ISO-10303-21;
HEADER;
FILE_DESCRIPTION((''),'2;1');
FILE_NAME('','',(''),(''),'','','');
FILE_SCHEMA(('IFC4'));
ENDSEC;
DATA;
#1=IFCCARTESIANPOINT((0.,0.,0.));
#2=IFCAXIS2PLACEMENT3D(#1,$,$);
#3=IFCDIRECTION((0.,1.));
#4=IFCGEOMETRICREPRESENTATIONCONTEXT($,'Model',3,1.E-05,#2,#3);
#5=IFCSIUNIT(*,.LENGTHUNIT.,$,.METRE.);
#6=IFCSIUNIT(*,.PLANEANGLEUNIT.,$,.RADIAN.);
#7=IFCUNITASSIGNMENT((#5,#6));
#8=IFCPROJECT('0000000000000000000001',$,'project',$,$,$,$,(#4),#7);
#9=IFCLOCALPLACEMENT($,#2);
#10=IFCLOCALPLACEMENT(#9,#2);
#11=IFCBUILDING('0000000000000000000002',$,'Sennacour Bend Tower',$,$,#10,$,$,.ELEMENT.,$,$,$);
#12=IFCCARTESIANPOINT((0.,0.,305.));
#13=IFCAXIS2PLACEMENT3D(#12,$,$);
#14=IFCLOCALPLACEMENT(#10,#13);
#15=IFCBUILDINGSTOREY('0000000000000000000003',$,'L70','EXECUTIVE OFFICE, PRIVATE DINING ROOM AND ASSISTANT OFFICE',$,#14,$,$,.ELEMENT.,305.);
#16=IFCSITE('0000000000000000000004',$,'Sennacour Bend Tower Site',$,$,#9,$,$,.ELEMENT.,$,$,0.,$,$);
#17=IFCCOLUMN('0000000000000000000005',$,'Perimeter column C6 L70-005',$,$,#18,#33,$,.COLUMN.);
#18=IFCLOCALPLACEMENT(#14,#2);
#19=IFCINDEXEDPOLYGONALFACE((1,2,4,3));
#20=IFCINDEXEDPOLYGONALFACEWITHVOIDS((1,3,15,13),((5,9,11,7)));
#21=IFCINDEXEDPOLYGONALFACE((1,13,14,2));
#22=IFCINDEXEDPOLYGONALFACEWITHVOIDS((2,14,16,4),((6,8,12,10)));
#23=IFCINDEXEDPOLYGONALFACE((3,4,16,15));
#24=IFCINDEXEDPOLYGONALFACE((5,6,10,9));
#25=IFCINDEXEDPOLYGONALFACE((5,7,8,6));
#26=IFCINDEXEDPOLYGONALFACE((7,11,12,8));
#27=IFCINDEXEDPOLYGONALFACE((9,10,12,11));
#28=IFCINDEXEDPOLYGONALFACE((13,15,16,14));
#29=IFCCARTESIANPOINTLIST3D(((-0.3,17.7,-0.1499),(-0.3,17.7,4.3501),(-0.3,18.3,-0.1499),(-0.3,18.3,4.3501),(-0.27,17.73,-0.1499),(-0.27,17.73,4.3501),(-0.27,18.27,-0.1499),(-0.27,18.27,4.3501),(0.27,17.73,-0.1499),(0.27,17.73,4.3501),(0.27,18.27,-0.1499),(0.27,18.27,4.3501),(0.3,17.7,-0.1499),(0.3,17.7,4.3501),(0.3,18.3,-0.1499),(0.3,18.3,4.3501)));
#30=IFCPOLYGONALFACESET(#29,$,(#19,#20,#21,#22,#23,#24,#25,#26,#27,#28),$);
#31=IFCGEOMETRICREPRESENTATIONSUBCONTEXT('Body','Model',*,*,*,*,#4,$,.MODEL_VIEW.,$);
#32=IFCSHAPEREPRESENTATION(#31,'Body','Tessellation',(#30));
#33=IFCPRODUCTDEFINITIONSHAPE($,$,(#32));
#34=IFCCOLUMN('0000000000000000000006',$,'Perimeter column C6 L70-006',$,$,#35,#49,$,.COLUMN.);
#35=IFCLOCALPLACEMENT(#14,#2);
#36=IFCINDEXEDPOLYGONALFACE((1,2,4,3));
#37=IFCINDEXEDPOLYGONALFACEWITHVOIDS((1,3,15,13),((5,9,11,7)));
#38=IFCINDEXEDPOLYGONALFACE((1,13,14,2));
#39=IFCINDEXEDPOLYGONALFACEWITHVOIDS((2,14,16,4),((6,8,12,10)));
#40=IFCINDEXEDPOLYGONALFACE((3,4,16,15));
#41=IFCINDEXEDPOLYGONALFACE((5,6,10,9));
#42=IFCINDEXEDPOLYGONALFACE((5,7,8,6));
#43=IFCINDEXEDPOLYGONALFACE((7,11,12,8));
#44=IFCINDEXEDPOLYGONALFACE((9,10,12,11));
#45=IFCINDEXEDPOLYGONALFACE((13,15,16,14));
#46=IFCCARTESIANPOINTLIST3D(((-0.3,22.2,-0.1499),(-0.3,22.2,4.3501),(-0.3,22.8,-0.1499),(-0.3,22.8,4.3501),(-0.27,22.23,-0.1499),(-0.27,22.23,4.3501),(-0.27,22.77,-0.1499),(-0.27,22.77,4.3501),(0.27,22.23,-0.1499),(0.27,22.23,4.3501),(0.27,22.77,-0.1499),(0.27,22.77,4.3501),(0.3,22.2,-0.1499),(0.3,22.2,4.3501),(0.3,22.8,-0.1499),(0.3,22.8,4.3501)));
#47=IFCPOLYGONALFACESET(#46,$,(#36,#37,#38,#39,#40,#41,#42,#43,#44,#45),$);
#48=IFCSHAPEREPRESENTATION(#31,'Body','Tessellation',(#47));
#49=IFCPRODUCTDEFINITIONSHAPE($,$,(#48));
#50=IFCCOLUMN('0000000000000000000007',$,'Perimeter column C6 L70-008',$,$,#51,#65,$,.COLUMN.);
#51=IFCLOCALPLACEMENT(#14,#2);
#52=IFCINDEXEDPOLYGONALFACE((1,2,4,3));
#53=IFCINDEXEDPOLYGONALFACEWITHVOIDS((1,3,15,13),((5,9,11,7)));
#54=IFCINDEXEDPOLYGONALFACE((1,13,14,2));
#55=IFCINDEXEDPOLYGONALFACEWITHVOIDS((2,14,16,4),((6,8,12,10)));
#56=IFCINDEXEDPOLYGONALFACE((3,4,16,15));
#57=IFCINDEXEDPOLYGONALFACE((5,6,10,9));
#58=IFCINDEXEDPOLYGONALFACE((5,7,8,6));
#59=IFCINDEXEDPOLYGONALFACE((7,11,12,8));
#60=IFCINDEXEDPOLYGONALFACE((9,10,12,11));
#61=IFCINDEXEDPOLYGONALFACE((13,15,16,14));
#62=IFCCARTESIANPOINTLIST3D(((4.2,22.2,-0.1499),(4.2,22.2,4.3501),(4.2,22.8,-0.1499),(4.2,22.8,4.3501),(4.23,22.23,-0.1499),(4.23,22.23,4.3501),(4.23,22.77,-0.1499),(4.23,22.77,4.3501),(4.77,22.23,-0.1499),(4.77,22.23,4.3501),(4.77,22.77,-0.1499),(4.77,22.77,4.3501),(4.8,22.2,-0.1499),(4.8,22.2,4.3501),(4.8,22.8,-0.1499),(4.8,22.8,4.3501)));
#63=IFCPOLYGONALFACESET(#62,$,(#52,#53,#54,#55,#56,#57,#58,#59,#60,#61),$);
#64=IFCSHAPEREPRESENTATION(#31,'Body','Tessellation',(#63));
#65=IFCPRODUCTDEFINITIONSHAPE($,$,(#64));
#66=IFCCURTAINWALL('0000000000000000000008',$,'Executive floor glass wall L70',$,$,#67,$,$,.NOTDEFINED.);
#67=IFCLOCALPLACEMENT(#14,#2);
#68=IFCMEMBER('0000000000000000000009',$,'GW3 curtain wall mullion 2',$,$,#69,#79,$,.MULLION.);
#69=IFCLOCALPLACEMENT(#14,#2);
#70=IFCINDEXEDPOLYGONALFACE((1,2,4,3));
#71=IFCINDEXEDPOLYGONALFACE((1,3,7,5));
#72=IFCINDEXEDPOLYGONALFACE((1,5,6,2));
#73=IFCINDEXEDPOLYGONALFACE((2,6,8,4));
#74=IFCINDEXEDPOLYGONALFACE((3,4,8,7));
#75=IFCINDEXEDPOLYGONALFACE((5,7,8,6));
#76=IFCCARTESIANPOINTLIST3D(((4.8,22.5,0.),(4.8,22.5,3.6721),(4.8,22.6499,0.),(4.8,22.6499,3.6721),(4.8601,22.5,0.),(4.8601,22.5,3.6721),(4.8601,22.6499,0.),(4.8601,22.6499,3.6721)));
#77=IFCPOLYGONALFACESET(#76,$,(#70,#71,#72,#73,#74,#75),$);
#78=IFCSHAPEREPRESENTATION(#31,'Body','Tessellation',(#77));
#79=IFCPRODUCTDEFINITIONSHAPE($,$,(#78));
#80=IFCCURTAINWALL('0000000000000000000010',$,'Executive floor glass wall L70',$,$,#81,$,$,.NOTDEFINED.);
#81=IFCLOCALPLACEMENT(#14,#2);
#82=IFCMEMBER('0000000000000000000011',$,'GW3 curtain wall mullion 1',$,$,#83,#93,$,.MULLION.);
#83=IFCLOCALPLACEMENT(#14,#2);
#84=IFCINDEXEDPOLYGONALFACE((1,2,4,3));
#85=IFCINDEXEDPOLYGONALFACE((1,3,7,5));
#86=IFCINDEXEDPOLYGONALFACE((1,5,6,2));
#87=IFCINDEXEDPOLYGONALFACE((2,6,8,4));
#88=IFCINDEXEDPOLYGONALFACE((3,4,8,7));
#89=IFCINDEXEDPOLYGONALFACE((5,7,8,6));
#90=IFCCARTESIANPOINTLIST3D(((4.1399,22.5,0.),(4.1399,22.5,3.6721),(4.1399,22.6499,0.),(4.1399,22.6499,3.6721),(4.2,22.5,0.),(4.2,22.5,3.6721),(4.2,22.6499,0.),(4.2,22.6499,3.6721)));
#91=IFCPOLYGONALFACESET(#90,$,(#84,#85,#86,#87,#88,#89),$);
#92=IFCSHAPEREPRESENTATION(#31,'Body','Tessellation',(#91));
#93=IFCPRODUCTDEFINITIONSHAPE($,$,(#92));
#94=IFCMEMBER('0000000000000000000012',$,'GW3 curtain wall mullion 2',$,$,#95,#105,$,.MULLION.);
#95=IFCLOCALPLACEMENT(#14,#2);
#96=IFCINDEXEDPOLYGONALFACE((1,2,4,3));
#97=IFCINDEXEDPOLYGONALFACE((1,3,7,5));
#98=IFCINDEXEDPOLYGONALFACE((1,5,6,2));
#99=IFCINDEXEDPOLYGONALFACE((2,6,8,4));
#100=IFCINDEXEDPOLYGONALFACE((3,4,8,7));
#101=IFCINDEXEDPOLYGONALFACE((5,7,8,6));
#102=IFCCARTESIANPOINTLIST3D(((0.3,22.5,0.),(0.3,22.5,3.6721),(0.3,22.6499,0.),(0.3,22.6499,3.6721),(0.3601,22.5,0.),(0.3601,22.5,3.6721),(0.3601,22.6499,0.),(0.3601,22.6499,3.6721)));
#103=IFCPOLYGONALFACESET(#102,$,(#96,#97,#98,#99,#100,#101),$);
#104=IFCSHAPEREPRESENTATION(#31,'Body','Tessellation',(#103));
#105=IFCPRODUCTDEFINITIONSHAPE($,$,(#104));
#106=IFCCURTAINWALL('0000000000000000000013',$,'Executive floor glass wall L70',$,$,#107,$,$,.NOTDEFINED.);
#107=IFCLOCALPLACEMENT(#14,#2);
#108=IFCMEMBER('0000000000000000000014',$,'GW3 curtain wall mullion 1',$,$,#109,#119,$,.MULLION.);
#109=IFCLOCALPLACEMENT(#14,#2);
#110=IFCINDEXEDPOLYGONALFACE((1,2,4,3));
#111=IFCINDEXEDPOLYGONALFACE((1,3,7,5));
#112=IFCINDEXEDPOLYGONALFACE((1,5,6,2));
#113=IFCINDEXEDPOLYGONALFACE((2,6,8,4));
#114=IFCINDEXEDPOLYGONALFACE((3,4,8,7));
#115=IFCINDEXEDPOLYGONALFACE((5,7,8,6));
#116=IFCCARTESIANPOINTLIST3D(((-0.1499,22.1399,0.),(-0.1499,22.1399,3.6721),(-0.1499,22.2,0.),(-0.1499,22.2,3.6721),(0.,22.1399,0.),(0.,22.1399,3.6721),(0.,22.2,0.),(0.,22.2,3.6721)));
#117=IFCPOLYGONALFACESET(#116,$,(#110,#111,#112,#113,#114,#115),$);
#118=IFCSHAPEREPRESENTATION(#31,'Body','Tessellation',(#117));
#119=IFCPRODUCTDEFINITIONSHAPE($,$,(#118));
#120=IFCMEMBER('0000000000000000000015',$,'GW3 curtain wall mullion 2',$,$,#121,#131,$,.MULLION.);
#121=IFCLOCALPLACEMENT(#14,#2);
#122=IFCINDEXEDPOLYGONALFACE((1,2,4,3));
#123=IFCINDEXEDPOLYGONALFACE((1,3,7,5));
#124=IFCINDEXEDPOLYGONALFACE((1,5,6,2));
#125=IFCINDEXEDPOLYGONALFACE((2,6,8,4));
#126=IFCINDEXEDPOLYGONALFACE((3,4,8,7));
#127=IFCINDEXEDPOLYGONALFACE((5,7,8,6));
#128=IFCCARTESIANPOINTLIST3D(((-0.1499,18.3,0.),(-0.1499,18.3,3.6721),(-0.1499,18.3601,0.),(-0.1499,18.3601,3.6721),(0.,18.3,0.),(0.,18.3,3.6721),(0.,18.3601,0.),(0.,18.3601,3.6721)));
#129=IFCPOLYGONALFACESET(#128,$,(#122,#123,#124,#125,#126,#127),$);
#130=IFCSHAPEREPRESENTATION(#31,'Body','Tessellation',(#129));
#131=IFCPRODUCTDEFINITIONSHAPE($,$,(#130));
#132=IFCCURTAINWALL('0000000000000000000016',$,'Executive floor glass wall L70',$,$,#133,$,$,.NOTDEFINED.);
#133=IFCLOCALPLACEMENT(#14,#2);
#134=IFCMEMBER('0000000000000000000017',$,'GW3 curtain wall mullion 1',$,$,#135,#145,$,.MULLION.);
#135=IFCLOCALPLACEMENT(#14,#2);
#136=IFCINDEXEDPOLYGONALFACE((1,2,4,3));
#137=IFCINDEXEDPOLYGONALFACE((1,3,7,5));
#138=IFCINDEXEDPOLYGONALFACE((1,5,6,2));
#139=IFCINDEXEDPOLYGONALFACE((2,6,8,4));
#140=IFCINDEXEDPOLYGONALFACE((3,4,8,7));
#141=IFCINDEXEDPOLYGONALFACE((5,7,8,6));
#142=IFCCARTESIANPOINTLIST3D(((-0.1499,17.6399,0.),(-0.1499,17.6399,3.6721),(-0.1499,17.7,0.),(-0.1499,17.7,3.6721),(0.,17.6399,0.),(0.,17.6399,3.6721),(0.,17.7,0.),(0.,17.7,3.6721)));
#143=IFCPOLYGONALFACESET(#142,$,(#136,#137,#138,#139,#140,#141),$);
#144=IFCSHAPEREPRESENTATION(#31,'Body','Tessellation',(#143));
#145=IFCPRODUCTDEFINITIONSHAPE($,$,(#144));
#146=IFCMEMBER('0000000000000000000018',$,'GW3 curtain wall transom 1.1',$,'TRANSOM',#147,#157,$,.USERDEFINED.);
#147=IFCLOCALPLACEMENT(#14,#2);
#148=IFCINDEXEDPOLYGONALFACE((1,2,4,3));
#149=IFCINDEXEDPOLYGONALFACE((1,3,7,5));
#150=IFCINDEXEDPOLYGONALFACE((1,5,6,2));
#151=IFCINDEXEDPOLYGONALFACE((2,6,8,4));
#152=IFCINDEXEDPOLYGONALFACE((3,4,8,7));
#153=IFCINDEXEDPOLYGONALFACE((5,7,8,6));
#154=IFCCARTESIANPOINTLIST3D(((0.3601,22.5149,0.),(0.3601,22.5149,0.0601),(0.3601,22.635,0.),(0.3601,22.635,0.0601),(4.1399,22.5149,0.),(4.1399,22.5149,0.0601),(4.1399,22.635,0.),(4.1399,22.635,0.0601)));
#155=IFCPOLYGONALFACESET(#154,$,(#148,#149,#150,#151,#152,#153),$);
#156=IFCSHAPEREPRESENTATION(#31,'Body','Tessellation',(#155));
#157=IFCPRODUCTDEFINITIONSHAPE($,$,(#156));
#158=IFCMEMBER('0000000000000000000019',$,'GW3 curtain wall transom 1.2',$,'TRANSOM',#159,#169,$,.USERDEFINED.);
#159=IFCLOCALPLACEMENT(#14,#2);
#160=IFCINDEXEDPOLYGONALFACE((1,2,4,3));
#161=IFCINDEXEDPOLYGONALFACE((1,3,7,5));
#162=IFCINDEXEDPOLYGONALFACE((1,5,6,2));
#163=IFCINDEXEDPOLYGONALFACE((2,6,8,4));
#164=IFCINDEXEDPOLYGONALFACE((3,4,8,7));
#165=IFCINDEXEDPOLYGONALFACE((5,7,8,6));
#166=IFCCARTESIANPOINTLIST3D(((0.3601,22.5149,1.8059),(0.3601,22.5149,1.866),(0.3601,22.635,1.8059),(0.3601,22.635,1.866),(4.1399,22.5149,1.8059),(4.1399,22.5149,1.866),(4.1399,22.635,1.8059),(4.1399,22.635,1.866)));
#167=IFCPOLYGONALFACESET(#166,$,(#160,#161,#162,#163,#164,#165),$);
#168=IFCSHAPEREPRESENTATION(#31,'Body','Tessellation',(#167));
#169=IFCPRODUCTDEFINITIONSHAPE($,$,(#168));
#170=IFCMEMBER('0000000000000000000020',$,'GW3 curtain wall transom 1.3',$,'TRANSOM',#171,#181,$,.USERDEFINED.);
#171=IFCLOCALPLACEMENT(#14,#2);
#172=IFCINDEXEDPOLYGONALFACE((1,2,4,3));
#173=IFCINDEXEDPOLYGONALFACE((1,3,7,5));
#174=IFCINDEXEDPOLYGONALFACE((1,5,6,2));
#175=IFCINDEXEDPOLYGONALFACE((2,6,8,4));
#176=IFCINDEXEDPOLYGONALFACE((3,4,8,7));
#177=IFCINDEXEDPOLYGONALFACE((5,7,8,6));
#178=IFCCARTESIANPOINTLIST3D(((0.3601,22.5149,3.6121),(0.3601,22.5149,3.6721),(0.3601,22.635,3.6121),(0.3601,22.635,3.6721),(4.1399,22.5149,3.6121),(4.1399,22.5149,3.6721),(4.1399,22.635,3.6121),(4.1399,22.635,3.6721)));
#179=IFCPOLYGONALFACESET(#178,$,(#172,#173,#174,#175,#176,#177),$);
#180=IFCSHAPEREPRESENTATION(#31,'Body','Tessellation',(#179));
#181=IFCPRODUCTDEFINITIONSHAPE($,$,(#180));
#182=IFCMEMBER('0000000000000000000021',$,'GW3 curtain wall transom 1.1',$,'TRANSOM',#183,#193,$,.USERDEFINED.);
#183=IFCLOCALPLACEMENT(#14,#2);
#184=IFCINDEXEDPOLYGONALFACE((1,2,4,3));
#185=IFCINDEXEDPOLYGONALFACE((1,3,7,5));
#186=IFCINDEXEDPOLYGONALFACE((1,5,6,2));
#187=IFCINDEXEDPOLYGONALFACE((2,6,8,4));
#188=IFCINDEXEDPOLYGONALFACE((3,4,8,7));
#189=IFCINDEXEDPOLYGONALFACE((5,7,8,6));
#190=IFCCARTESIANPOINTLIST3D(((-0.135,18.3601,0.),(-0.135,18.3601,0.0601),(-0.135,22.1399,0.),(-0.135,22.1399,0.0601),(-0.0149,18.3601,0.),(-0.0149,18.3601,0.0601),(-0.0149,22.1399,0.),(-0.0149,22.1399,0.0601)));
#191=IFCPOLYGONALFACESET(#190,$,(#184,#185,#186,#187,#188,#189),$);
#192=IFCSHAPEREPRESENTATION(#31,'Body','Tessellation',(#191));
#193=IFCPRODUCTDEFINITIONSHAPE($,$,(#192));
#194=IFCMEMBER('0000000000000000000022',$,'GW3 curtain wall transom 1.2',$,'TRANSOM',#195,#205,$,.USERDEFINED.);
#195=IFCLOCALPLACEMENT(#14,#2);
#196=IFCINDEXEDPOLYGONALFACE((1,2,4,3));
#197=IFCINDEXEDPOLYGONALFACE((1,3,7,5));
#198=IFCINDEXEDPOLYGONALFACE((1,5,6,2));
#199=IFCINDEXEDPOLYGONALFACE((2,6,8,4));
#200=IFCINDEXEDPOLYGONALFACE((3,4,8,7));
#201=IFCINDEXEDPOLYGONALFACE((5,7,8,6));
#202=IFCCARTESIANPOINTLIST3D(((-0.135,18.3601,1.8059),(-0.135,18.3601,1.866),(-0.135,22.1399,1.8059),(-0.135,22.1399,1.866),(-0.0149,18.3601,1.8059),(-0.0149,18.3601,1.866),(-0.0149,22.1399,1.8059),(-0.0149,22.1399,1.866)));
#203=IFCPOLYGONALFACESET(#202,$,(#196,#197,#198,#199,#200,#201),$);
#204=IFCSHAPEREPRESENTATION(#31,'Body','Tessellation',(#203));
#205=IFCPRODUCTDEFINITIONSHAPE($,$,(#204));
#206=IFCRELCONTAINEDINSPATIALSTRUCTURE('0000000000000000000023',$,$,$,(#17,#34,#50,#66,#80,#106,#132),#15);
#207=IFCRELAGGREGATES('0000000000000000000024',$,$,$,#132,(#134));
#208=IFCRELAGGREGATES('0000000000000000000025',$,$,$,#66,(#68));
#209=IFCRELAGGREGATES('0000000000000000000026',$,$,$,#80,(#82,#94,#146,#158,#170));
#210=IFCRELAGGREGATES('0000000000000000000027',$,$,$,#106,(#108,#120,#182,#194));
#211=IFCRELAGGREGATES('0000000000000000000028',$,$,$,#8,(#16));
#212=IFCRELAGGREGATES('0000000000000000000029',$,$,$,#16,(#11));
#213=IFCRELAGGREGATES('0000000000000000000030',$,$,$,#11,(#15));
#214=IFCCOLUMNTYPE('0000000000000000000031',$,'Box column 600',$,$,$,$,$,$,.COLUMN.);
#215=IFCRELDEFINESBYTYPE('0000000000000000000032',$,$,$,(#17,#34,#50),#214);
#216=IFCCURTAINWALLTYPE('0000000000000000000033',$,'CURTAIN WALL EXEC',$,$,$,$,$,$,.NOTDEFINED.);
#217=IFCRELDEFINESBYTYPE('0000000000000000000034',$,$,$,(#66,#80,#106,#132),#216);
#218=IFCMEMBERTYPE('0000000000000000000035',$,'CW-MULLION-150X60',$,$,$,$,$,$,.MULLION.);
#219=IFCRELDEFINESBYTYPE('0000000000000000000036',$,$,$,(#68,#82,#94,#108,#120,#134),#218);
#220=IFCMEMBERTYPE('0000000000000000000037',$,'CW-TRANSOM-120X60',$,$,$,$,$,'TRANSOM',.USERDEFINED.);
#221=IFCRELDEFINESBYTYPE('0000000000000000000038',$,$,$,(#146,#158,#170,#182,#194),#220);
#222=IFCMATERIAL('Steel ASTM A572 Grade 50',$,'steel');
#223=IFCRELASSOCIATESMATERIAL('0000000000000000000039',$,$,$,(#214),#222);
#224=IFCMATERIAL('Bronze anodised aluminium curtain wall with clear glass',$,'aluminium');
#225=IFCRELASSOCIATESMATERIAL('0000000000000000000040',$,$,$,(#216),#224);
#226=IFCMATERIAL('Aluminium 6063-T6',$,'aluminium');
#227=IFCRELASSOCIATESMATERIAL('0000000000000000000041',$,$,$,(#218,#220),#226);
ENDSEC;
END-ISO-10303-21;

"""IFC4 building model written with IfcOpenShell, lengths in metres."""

from ifc_helpers import new_model, si_unit, direction, frame, origin, origin_2d, place, context, subcontext, project, spatial, rectangle, hollow_rectangle, extrude, material, material_profile, profile_set, type_object, element, aggregate, save


model = new_model("IFC4")

# Units and contexts
model_context = context("Model", 3, precision=1e-05, world=origin(), true_north=direction((0.0, 1.0)))
body_context = subcontext(model_context, "Body", "Model", "MODEL_VIEW")
ifc_project = project(units=[si_unit("LENGTHUNIT", "METRE"), si_unit("PLANEANGLEUNIT", "RADIAN")], contexts=[model_context])

# Site, building, storey
site_placement = place(None, origin())
site = spatial("IfcSite", under=ifc_project, at=site_placement, Name="Sennacour Bend Tower Site", CompositionType="ELEMENT", RefElevation=0.0)
building_placement = place(site_placement, origin())
building = spatial("IfcBuilding", under=site, at=building_placement, Name="Sennacour Bend Tower", CompositionType="ELEMENT")
storey_placement = place(building_placement, frame((0.0, 0.0, 305.0)))
storey = spatial("IfcBuildingStorey", under=building, at=storey_placement, Name="L70", Description="EXECUTIVE OFFICE, PRIVATE DINING ROOM AND ASSISTANT OFFICE", CompositionType="ELEMENT", Elevation=305.0)

# Columns
ifc_material_1 = material(Name="Steel ASTM A572 Grade 50", Category="steel")
ifc_material_profile_1 = material_profile(ifc_material_1, hollow_rectangle(XDim=0.6001, YDim=0.6001, WallThickness=0.03, at=origin_2d()), Name="Steel ASTM A572 Grade 50", Category="steel")
ifc_profile_set_1 = profile_set([ifc_material_profile_1], Name="Steel ASTM A572 Grade 50")
column_type = type_object("IfcColumnType", Name="Box column 600", PredefinedType="COLUMN", material=ifc_profile_set_1)
for number, where, z_axis, x_axis, name in (
    (1, (0.0, 18.0, -0.1499), (0.0, 0.0, 1.0), (1.0, 0.0, 0.0), "Perimeter column C6 L70-005"),
    (2, (0.0, 22.5, -0.1499), (0.0, 0.0, 1.0), (1.0, 0.0, 0.0), "Perimeter column C6 L70-006"),
    (3, (4.5, 22.5, -0.1499), (0.0, 0.0, 1.0), (1.0, 0.0, 0.0), "Perimeter column C6 L70-008"),
):
    element("IfcColumn", number, at=place(storey_placement, frame(where, z_axis=z_axis, x_axis=x_axis)), inside=storey, type_object=column_type, Name=name, PredefinedType="COLUMN", context=body_context, shape_type="SweptSolid", body=[
        extrude(hollow_rectangle(XDim=0.6001, YDim=0.6001, WallThickness=0.03, at=origin_2d()), origin(), (0.0, 0.0, 1.0), 4.5),
    ])

# Curtain wall, member
ifc_material_2 = material(Name="Bronze anodised aluminium curtain wall with clear glass", Category="aluminium")
curtain_wall_type = type_object("IfcCurtainWallType", Name="CURTAIN WALL EXEC", PredefinedType="NOTDEFINED", material=ifc_material_2)
curtain_wall_1_placement = place(storey_placement, origin())
curtain_wall_1 = element("IfcCurtainWall", 4, at=curtain_wall_1_placement, inside=storey, type_object=curtain_wall_type, Name="Executive floor glass wall L70", PredefinedType="NOTDEFINED")
ifc_material_3 = material(Name="Aluminium 6063-T6", Category="aluminium")
ifc_material_profile_2 = material_profile(ifc_material_3, rectangle(XDim=0.1499, YDim=0.0601, at=origin_2d()), Name="Aluminium 6063-T6", Category="aluminium")
ifc_profile_set_2 = profile_set([ifc_material_profile_2], Name="Aluminium 6063-T6")
member_type_1 = type_object("IfcMemberType", Name="CW-MULLION-150X60", PredefinedType="MULLION", material=ifc_profile_set_2)
member_1_placement = place(storey_placement, frame((4.8301, 22.575, 0.0), z_axis=(0.0, 0.0, 1.0), x_axis=(0.0, -1.0, 0.0)))
member_1 = element("IfcMember", 5, at=member_1_placement, type_object=member_type_1, Name="GW3 curtain wall mullion 2", PredefinedType="MULLION", context=body_context, shape_type="SweptSolid", body=[
    extrude(rectangle(XDim=0.1499, YDim=0.0601, at=origin_2d()), origin(), (0.0, 0.0, 1.0), 3.6721),
])

# Curtain walls, members
curtain_wall_2_placement = place(storey_placement, origin())
curtain_wall_2 = element("IfcCurtainWall", 6, at=curtain_wall_2_placement, inside=storey, type_object=curtain_wall_type, Name="Executive floor glass wall L70", PredefinedType="NOTDEFINED")
member_2_placement = place(storey_placement, frame((4.1699, 22.575, 0.0), z_axis=(0.0, 0.0, 1.0), x_axis=(0.0, -1.0, 0.0)))
member_2 = element("IfcMember", 7, at=member_2_placement, type_object=member_type_1, Name="GW3 curtain wall mullion 1", PredefinedType="MULLION", context=body_context, shape_type="SweptSolid", body=[
    extrude(rectangle(XDim=0.1499, YDim=0.0601, at=origin_2d()), origin(), (0.0, 0.0, 1.0), 3.6721),
])
member_3_placement = place(storey_placement, frame((0.3301, 22.575, 0.0), z_axis=(0.0, 0.0, 1.0), x_axis=(0.0, -1.0, 0.0)))
member_3 = element("IfcMember", 8, at=member_3_placement, type_object=member_type_1, Name="GW3 curtain wall mullion 2", PredefinedType="MULLION", context=body_context, shape_type="SweptSolid", body=[
    extrude(rectangle(XDim=0.1499, YDim=0.0601, at=origin_2d()), origin(), (0.0, 0.0, 1.0), 3.6721),
])
curtain_wall_3_placement = place(storey_placement, origin())
curtain_wall_3 = element("IfcCurtainWall", 9, at=curtain_wall_3_placement, inside=storey, type_object=curtain_wall_type, Name="Executive floor glass wall L70", PredefinedType="NOTDEFINED")
member_4_placement = place(storey_placement, frame((-0.075, 22.1699, 0.0), z_axis=(0.0, 0.0, 1.0), x_axis=(1.0, 0.0, 0.0)))
member_4 = element("IfcMember", 10, at=member_4_placement, type_object=member_type_1, Name="GW3 curtain wall mullion 1", PredefinedType="MULLION", context=body_context, shape_type="SweptSolid", body=[
    extrude(rectangle(XDim=0.1499, YDim=0.0601, at=origin_2d()), origin(), (0.0, 0.0, 1.0), 3.6721),
])
member_5_placement = place(storey_placement, frame((-0.075, 18.3301, 0.0), z_axis=(0.0, 0.0, 1.0), x_axis=(1.0, 0.0, 0.0)))
member_5 = element("IfcMember", 11, at=member_5_placement, type_object=member_type_1, Name="GW3 curtain wall mullion 2", PredefinedType="MULLION", context=body_context, shape_type="SweptSolid", body=[
    extrude(rectangle(XDim=0.1499, YDim=0.0601, at=origin_2d()), origin(), (0.0, 0.0, 1.0), 3.6721),
])

# Curtain wall, member
curtain_wall_4_placement = place(storey_placement, origin())
curtain_wall_4 = element("IfcCurtainWall", 12, at=curtain_wall_4_placement, inside=storey, type_object=curtain_wall_type, Name="Executive floor glass wall L70", PredefinedType="NOTDEFINED")
member_6_placement = place(storey_placement, frame((-0.075, 17.6699, 0.0), z_axis=(0.0, 0.0, 1.0), x_axis=(1.0, 0.0, 0.0)))
member_6 = element("IfcMember", 13, at=member_6_placement, type_object=member_type_1, Name="GW3 curtain wall mullion 1", PredefinedType="MULLION", context=body_context, shape_type="SweptSolid", body=[
    extrude(rectangle(XDim=0.1499, YDim=0.0601, at=origin_2d()), origin(), (0.0, 0.0, 1.0), 3.6721),
])

# Members
ifc_material_profile_3 = material_profile(ifc_material_3, rectangle(XDim=0.1201, YDim=0.0601, at=origin_2d()), Name="Aluminium 6063-T6", Category="aluminium")
ifc_profile_set_3 = profile_set([ifc_material_profile_3], Name="Aluminium 6063-T6")
member_type_2 = type_object("IfcMemberType", Name="CW-TRANSOM-120X60", ElementType="TRANSOM", PredefinedType="USERDEFINED", material=ifc_profile_set_3)
member_7_placement = place(storey_placement, frame((4.1399, 22.575, 0.03), z_axis=(-1.0, 0.0, 0.0), x_axis=(0.0, -1.0, 0.0)))
member_7 = element("IfcMember", 14, at=member_7_placement, type_object=member_type_2, Name="GW3 curtain wall transom 1.1", ObjectType="TRANSOM", PredefinedType="USERDEFINED", context=body_context, shape_type="SweptSolid", body=[
    extrude(rectangle(XDim=0.1201, YDim=0.0601, at=origin_2d()), origin(), (0.0, 0.0, 1.0), 3.7798),
])
member_8_placement = place(storey_placement, frame((4.1399, 22.575, 1.8359), z_axis=(-1.0, 0.0, 0.0), x_axis=(0.0, -1.0, 0.0)))
member_8 = element("IfcMember", 15, at=member_8_placement, type_object=member_type_2, Name="GW3 curtain wall transom 1.2", ObjectType="TRANSOM", PredefinedType="USERDEFINED", context=body_context, shape_type="SweptSolid", body=[
    extrude(rectangle(XDim=0.1201, YDim=0.0601, at=origin_2d()), origin(), (0.0, 0.0, 1.0), 3.7798),
])
member_9_placement = place(storey_placement, frame((4.1399, 22.575, 3.6421), z_axis=(-1.0, 0.0, 0.0), x_axis=(0.0, -1.0, 0.0)))
member_9 = element("IfcMember", 16, at=member_9_placement, type_object=member_type_2, Name="GW3 curtain wall transom 1.3", ObjectType="TRANSOM", PredefinedType="USERDEFINED", context=body_context, shape_type="SweptSolid", body=[
    extrude(rectangle(XDim=0.1201, YDim=0.0601, at=origin_2d()), origin(), (0.0, 0.0, 1.0), 3.7798),
])
member_10_placement = place(storey_placement, frame((-0.075, 22.1399, 0.03), z_axis=(0.0, -1.0, 0.0), x_axis=(1.0, 0.0, 0.0)))
member_10 = element("IfcMember", 17, at=member_10_placement, type_object=member_type_2, Name="GW3 curtain wall transom 1.1", ObjectType="TRANSOM", PredefinedType="USERDEFINED", context=body_context, shape_type="SweptSolid", body=[
    extrude(rectangle(XDim=0.1201, YDim=0.0601, at=origin_2d()), origin(), (0.0, 0.0, 1.0), 3.7798),
])
member_11_placement = place(storey_placement, frame((-0.075, 22.1399, 1.8359), z_axis=(0.0, -1.0, 0.0), x_axis=(1.0, 0.0, 0.0)))
member_11 = element("IfcMember", 18, at=member_11_placement, type_object=member_type_2, Name="GW3 curtain wall transom 1.2", ObjectType="TRANSOM", PredefinedType="USERDEFINED", context=body_context, shape_type="SweptSolid", body=[
    extrude(rectangle(XDim=0.1201, YDim=0.0601, at=origin_2d()), origin(), (0.0, 0.0, 1.0), 3.7798),
])
aggregate(curtain_wall_4, [member_6])

aggregate(curtain_wall_1, [member_1])
aggregate(curtain_wall_2, [member_2, member_3, member_7, member_8, member_9])
aggregate(curtain_wall_3, [member_4, member_5, member_10, member_11])

save(model, "model.ifc")
